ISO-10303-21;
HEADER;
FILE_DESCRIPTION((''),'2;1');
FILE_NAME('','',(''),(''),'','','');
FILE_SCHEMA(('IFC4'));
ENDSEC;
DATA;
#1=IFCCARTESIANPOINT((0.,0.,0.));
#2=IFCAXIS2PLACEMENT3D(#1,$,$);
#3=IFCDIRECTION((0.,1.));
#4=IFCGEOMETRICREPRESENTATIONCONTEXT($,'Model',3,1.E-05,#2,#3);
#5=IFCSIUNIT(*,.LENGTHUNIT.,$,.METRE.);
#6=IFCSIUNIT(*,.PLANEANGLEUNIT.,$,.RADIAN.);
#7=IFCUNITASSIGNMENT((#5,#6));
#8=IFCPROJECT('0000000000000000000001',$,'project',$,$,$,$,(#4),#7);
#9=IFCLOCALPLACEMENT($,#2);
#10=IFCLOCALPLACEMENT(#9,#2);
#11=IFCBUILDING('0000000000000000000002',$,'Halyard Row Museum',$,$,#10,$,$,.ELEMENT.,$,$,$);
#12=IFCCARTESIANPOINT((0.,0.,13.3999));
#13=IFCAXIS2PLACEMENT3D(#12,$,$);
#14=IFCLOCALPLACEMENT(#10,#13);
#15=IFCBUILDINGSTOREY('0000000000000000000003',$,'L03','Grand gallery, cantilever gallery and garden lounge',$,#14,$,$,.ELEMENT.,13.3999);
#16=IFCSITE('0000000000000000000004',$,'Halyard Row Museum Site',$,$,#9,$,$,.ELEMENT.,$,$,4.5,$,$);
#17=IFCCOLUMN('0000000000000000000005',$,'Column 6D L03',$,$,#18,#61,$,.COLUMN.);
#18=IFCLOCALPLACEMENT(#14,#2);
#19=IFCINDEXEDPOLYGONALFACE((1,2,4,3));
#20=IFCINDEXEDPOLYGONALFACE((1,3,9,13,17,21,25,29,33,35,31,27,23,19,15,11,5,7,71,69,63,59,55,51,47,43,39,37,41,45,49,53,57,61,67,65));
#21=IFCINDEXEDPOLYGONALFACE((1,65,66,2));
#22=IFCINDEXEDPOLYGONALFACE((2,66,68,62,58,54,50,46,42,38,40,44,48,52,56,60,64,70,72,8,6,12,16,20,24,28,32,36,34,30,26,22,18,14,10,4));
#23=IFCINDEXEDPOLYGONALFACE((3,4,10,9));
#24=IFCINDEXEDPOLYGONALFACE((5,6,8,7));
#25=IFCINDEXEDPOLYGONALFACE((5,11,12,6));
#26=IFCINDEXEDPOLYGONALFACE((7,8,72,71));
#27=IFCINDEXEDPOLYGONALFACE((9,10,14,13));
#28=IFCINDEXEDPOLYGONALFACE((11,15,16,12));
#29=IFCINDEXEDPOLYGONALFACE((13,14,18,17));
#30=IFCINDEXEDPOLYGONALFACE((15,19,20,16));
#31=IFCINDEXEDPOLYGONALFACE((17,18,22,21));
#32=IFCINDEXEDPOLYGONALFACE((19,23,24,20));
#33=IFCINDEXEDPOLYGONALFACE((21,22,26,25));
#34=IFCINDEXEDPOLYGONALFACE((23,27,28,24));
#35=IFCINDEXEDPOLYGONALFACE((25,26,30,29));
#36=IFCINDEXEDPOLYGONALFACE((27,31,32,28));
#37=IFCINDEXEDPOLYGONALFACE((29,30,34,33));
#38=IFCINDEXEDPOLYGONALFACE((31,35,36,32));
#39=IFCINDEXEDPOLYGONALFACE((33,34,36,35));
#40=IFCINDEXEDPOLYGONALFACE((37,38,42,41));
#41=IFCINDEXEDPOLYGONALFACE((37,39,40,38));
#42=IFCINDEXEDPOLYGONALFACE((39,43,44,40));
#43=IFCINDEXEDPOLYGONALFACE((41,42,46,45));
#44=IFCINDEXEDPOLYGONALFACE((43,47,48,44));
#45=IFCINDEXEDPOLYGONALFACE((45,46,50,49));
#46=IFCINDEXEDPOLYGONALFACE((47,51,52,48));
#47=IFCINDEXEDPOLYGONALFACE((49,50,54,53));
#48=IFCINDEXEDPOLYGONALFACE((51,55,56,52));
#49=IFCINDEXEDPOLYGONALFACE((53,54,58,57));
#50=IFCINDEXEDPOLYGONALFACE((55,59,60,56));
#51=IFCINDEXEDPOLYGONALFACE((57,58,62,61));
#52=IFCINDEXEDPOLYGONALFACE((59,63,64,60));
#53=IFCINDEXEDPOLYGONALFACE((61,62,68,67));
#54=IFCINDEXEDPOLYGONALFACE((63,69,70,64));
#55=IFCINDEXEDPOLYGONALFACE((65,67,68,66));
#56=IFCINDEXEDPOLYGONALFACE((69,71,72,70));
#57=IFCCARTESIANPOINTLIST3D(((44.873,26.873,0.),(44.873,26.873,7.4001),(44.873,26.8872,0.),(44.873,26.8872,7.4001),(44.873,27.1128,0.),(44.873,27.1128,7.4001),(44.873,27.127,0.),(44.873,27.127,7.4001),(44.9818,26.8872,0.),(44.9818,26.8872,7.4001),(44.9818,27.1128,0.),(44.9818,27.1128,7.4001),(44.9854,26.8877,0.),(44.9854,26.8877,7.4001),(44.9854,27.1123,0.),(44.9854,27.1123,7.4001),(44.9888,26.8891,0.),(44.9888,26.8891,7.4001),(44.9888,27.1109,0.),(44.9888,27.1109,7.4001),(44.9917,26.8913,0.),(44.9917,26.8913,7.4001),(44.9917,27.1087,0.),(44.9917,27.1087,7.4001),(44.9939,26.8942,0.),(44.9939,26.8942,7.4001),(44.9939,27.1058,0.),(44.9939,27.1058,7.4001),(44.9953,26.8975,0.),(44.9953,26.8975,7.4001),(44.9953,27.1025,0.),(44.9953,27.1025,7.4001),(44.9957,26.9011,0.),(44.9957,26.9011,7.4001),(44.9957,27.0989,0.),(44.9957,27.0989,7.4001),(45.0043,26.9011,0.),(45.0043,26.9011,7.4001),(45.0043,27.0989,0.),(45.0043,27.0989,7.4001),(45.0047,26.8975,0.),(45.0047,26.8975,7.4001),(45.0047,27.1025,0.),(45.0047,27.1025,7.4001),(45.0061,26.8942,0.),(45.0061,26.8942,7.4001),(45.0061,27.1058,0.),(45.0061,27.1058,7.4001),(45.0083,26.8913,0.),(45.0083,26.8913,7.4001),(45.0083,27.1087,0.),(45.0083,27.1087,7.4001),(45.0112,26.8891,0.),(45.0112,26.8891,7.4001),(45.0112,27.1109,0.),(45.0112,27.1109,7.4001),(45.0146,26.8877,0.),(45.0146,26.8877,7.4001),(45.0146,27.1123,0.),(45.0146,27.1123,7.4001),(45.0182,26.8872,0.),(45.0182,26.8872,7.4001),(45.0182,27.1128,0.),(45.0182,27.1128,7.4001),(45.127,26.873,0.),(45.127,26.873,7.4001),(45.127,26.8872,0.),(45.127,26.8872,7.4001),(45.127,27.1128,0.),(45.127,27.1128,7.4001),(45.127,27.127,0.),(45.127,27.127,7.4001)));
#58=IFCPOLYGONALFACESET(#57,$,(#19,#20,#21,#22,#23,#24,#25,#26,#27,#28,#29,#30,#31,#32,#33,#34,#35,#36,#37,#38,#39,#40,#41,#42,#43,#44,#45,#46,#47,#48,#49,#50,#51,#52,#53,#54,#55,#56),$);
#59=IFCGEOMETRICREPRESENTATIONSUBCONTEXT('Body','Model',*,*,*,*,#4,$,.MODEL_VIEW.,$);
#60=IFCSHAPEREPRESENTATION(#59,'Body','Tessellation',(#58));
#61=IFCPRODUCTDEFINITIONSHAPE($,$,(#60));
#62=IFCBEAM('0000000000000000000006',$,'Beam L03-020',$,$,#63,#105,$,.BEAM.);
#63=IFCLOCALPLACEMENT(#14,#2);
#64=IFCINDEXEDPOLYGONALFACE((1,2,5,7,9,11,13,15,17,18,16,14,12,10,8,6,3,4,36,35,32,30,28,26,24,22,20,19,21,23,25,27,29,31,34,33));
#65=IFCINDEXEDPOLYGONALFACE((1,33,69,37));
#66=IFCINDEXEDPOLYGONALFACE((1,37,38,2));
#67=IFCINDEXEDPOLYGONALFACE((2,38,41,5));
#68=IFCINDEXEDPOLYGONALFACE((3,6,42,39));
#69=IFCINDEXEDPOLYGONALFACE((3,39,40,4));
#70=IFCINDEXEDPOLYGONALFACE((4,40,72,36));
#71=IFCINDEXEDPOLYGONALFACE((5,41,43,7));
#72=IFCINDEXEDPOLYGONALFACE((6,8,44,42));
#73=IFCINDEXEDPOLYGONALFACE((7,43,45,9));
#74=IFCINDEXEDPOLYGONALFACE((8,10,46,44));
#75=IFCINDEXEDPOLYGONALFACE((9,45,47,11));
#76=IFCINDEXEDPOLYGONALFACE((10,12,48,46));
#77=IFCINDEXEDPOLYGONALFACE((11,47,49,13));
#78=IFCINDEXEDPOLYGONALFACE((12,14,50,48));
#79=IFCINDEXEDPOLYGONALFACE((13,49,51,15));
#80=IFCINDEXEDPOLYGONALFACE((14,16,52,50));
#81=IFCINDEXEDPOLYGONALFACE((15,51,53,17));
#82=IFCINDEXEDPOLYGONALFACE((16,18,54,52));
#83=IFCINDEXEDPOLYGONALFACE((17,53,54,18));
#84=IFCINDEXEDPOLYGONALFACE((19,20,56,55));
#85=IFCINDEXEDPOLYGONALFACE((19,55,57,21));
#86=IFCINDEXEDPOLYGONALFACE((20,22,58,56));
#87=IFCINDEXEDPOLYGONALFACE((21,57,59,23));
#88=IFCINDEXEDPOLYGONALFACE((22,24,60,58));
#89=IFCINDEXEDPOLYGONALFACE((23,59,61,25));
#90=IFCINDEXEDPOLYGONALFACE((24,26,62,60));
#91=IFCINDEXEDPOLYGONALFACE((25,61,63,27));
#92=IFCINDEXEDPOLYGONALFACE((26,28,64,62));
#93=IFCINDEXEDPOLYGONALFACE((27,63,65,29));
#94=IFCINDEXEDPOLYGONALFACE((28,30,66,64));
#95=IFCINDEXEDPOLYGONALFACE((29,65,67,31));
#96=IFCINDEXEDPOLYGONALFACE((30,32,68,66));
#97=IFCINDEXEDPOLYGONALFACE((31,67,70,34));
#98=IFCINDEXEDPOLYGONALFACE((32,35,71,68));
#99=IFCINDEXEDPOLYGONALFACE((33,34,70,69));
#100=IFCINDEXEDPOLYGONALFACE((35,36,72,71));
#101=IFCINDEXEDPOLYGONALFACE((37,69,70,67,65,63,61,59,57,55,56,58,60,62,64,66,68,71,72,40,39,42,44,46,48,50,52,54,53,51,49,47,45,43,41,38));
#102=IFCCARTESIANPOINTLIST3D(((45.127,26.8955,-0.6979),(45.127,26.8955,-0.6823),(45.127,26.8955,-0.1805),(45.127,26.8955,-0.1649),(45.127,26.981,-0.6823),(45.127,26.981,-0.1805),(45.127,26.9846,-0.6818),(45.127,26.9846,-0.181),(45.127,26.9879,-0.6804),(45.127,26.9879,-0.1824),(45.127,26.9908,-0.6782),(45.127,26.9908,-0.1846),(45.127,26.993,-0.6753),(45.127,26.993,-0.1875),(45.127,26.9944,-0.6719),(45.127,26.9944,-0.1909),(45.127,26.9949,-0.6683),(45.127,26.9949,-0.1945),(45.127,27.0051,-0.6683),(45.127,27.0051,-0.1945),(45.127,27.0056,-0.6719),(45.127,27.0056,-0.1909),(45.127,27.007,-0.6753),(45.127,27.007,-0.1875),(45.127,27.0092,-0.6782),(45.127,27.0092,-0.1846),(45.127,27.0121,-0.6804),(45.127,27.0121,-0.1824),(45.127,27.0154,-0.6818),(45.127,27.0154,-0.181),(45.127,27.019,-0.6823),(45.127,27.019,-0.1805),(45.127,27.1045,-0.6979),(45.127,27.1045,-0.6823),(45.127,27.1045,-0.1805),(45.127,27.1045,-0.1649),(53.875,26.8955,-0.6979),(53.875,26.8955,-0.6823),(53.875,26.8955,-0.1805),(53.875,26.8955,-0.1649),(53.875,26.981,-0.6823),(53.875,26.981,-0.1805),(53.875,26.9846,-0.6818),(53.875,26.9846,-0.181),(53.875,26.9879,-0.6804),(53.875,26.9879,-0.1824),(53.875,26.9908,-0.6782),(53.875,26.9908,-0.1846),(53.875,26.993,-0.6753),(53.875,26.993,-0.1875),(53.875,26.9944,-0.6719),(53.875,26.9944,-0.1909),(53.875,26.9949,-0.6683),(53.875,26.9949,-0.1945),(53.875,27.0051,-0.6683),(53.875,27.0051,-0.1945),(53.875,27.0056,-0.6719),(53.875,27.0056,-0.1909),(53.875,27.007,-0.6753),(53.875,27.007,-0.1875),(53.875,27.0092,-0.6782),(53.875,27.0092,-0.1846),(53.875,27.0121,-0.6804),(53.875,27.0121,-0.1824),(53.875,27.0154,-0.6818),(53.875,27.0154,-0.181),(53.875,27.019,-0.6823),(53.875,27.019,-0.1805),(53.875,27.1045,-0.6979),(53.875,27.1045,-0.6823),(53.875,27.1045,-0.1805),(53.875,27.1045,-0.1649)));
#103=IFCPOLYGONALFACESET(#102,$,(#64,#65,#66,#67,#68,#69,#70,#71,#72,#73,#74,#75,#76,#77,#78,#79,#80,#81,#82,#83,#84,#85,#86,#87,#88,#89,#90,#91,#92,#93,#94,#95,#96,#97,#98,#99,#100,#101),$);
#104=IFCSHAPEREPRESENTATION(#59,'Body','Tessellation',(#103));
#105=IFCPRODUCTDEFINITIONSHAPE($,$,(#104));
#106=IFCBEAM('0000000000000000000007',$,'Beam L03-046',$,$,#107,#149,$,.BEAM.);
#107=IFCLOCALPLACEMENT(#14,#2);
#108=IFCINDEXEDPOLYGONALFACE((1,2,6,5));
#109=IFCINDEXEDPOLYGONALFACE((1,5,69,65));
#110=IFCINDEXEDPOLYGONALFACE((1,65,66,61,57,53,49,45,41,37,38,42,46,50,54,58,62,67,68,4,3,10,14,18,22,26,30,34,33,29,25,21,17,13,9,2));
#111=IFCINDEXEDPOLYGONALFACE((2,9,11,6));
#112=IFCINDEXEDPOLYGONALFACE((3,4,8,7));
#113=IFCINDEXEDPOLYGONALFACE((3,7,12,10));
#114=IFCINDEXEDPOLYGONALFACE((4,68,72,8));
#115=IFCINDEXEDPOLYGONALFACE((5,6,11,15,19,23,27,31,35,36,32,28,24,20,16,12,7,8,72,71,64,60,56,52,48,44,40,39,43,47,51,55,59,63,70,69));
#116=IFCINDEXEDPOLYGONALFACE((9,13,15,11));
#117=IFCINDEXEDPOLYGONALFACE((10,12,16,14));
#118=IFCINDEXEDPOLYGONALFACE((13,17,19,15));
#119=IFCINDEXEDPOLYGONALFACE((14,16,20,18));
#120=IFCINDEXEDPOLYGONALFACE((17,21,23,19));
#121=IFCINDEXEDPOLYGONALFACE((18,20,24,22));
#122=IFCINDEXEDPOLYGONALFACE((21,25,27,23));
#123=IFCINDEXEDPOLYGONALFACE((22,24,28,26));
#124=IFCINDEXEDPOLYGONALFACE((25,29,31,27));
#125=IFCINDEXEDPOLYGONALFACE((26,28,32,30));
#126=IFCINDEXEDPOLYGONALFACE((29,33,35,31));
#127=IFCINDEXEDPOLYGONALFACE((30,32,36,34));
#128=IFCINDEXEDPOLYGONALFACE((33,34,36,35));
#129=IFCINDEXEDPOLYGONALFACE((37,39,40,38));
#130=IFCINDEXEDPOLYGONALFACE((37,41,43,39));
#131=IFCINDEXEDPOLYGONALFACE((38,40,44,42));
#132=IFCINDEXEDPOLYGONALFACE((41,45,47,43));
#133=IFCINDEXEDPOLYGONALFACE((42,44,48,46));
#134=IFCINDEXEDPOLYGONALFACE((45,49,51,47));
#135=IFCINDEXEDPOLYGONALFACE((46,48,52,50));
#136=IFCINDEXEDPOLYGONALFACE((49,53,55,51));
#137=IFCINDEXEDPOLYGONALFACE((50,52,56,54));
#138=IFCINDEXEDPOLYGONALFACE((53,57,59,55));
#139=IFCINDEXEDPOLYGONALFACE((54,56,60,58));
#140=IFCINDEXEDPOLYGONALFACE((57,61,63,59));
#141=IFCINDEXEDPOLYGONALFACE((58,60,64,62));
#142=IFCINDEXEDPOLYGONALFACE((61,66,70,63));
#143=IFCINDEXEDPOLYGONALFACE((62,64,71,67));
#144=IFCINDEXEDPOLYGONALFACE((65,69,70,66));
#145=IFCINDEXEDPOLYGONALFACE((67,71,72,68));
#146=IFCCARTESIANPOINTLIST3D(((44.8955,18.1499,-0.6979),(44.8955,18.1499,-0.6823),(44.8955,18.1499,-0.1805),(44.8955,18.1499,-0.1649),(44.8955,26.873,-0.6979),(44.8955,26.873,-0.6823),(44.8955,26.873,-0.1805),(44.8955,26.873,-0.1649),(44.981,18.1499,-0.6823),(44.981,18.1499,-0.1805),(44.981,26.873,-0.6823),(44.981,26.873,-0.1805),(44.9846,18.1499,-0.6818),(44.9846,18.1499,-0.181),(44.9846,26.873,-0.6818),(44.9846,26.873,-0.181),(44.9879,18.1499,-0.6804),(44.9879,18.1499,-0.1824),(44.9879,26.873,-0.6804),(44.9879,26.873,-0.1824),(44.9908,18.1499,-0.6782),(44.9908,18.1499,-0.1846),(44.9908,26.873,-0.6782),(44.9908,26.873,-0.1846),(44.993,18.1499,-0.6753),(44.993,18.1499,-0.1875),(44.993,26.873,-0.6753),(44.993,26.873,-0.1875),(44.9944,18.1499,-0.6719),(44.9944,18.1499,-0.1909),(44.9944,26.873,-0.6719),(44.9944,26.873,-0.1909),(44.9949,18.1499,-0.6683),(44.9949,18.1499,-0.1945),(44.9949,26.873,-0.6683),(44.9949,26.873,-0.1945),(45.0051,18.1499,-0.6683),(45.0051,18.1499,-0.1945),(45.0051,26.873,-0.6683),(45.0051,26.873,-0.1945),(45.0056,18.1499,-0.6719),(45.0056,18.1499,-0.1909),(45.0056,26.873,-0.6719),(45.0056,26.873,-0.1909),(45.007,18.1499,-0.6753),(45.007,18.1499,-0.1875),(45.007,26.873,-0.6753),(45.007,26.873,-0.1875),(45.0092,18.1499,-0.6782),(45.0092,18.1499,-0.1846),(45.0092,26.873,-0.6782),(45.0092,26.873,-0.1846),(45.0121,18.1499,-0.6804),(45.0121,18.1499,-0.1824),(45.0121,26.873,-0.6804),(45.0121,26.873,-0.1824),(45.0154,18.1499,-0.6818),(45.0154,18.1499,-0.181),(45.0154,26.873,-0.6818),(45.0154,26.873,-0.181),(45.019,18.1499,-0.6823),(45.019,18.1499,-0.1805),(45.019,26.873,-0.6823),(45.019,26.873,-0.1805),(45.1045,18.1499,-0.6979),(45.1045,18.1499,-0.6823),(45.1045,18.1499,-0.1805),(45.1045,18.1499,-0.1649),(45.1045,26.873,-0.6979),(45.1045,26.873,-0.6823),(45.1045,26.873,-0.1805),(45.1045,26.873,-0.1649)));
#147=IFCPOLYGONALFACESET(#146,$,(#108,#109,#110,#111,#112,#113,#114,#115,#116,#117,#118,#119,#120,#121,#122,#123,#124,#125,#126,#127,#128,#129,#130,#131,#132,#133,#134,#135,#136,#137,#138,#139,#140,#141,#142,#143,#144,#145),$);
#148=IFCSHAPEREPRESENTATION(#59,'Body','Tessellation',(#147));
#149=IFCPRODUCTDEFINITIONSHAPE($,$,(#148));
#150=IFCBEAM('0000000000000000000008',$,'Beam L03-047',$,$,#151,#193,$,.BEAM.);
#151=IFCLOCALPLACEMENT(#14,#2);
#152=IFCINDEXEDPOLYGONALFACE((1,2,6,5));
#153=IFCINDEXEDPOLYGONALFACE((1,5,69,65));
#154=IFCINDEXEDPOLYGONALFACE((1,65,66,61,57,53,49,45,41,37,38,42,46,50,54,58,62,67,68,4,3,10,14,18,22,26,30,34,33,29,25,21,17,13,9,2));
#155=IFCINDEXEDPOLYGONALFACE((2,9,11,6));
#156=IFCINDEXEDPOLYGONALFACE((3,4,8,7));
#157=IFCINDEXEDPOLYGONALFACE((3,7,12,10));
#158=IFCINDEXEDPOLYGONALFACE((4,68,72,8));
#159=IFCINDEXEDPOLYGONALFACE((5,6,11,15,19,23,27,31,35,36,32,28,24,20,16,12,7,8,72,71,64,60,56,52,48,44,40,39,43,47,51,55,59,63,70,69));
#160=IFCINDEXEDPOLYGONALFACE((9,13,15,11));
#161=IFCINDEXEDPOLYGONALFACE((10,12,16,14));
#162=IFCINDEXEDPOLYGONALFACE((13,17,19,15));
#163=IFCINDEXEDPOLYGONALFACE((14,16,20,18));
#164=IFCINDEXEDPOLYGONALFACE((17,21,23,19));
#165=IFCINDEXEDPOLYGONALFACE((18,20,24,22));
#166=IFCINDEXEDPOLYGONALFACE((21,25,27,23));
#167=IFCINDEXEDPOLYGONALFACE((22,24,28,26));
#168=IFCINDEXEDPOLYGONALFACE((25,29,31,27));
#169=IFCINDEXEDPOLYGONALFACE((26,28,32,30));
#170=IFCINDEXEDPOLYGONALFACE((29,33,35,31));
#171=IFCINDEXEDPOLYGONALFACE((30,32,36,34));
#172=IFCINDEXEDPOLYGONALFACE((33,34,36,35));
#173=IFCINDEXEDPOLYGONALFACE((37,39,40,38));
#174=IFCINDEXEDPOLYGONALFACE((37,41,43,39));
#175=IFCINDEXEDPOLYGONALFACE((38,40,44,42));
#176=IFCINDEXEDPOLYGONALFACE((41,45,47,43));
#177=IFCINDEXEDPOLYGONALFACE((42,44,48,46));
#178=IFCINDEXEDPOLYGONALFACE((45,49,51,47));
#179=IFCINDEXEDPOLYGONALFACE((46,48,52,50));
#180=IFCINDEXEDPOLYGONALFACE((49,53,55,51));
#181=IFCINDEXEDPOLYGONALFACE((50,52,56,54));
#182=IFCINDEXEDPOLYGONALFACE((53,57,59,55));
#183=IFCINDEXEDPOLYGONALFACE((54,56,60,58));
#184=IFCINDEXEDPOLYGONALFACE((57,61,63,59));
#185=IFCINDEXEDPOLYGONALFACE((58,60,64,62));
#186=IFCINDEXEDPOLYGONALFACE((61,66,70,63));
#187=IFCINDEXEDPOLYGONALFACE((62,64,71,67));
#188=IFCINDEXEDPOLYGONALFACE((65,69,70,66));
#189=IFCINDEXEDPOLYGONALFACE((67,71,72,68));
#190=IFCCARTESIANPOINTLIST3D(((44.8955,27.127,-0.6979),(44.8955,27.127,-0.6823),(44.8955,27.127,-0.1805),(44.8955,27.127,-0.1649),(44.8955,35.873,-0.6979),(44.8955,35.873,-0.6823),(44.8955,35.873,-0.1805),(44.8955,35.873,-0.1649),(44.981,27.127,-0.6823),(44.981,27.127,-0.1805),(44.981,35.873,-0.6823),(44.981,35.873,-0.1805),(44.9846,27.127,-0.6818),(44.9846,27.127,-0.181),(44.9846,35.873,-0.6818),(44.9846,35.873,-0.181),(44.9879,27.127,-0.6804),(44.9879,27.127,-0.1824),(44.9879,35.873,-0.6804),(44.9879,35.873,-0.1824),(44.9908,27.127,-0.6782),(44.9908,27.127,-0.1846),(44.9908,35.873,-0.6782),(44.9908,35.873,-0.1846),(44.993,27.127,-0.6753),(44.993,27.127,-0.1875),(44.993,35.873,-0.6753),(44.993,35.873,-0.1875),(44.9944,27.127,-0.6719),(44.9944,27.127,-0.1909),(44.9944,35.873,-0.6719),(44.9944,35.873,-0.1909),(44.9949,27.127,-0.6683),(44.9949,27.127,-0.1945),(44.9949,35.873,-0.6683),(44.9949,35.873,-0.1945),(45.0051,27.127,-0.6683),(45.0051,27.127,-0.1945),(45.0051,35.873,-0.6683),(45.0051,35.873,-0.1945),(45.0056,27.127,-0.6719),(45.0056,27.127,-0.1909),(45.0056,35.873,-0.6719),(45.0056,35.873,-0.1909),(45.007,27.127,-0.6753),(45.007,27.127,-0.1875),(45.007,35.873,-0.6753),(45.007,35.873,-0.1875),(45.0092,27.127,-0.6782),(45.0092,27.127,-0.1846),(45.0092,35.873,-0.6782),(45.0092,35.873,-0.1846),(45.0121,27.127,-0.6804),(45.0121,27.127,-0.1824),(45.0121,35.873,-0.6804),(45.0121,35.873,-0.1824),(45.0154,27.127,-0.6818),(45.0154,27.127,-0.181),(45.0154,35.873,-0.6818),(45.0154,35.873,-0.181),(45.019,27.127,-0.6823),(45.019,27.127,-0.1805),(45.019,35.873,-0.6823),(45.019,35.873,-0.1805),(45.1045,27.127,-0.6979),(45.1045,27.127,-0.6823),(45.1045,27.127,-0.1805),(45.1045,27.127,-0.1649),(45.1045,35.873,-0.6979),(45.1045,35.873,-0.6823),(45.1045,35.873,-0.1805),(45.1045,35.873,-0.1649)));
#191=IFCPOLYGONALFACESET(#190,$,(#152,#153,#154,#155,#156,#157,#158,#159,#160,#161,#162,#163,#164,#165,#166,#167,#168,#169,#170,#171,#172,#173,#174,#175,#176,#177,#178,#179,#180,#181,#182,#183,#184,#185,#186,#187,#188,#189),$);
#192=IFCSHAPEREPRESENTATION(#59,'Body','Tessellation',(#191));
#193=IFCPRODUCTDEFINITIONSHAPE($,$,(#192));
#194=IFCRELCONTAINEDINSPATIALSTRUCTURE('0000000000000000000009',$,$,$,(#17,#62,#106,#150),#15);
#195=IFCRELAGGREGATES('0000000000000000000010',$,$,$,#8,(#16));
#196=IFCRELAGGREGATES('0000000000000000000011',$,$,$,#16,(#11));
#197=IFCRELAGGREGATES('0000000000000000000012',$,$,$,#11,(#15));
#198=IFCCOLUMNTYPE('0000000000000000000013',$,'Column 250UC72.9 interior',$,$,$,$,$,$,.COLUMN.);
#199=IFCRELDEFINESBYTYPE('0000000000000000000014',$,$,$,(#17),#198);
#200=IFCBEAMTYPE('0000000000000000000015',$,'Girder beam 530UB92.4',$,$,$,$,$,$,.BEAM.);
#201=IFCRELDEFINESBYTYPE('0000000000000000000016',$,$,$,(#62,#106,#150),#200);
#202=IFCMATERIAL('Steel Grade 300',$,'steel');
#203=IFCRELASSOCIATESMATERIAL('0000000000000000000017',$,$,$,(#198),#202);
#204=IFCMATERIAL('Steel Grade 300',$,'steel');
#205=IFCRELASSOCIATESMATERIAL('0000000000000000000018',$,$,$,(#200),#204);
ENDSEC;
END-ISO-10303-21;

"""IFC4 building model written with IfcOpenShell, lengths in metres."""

from ifc_helpers import new_model, si_unit, direction, frame, origin, origin_2d, place, context, subcontext, project, spatial, i_section, extrude, material, material_profile, profile_set, type_object, element, save


model = new_model("IFC4")

# Units and contexts
model_context = context("Model", 3, precision=1e-05, world=origin(), true_north=direction((0.0, 1.0)))
body_context = subcontext(model_context, "Body", "Model", "MODEL_VIEW")
ifc_project = project(units=[si_unit("LENGTHUNIT", "METRE"), si_unit("PLANEANGLEUNIT", "RADIAN")], contexts=[model_context])

# Site, building, storey
site_placement = place(None, origin())
site = spatial("IfcSite", under=ifc_project, at=site_placement, Name="Halyard Row Museum Site", CompositionType="ELEMENT", RefElevation=4.5)
building_placement = place(site_placement, origin())
building = spatial("IfcBuilding", under=site, at=building_placement, Name="Halyard Row Museum", CompositionType="ELEMENT")
storey_placement = place(building_placement, frame((0.0, 0.0, 13.3999)))
storey = spatial("IfcBuildingStorey", under=building, at=storey_placement, Name="L03", Description="Grand gallery, cantilever gallery and garden lounge", CompositionType="ELEMENT", Elevation=13.3999)

# Column
ifc_material_1 = material(Name="Steel Grade 300", Category="steel")
ifc_material_profile_1 = material_profile(ifc_material_1, i_section(OverallWidth=0.2539, OverallDepth=0.2539, WebThickness=0.0085, FlangeThickness=0.0142, FilletRadius=0.0139, at=origin_2d()), Name="250UC72.9")
ifc_profile_set_1 = profile_set([ifc_material_profile_1], Name="Steel Grade 300")
column_type = type_object("IfcColumnType", Name="Column 250UC72.9 interior", PredefinedType="COLUMN", material=ifc_profile_set_1)
column_placement = place(storey_placement, frame((45.0, 27.0, 0.0), z_axis=(0.0, 0.0, 1.0), x_axis=(1.0, 0.0, 0.0)))
element("IfcColumn", 1, at=column_placement, inside=storey, type_object=column_type, Name="Column 6D L03", PredefinedType="COLUMN", context=body_context, shape_type="SweptSolid", body=[
    extrude(i_section(OverallWidth=0.2539, OverallDepth=0.2539, WebThickness=0.0085, FlangeThickness=0.0142, FilletRadius=0.0139, at=origin_2d()), origin(), (0.0, 0.0, 1.0), 7.4001),
])

# Beams
ifc_material_2 = material(Name="Steel Grade 300", Category="steel")
ifc_material_profile_2 = material_profile(ifc_material_2, i_section(OverallWidth=0.209, OverallDepth=0.533, WebThickness=0.0103, FlangeThickness=0.0156, FilletRadius=0.0139, at=origin_2d()), Name="530UB92.4")
ifc_profile_set_2 = profile_set([ifc_material_profile_2], Name="Steel Grade 300")
beam_type_1 = type_object("IfcBeamType", Name="Girder beam 530UB92.4", PredefinedType="BEAM", material=ifc_profile_set_2)
beam_1_placement = place(storey_placement, frame((45.127, 27.0, -0.4314), z_axis=(1.0, 0.0, 0.0), x_axis=(0.0, 1.0, 0.0)))
element("IfcBeam", 2, at=beam_1_placement, inside=storey, type_object=beam_type_1, Name="Beam L03-020", PredefinedType="BEAM", context=body_context, shape_type="SweptSolid", body=[
    extrude(i_section(OverallWidth=0.209, OverallDepth=0.533, WebThickness=0.0103, FlangeThickness=0.0156, FilletRadius=0.0139, at=origin_2d()), origin(), (0.0, 0.0, 1.0), 8.748),
])
beam_2_placement = place(storey_placement, frame((45.0, 18.1499, -0.4314), z_axis=(0.0, 1.0, 0.0), x_axis=(-1.0, 0.0, 0.0)))
element("IfcBeam", 3, at=beam_2_placement, inside=storey, type_object=beam_type_1, Name="Beam L03-046", PredefinedType="BEAM", context=body_context, shape_type="SweptSolid", body=[
    extrude(i_section(OverallWidth=0.209, OverallDepth=0.533, WebThickness=0.0103, FlangeThickness=0.0156, FilletRadius=0.0139, at=origin_2d()), origin(), (0.0, 0.0, 1.0), 8.7231),
])
beam_3_placement = place(storey_placement, frame((45.0, 27.127, -0.4314), z_axis=(0.0, 1.0, 0.0), x_axis=(-1.0, 0.0, 0.0)))
element("IfcBeam", 4, at=beam_3_placement, inside=storey, type_object=beam_type_1, Name="Beam L03-047", PredefinedType="BEAM", context=body_context, shape_type="SweptSolid", body=[
    extrude(i_section(OverallWidth=0.209, OverallDepth=0.533, WebThickness=0.0103, FlangeThickness=0.0156, FilletRadius=0.0139, at=origin_2d()), origin(), (0.0, 0.0, 1.0), 8.7461),
])

save(model, "model.ifc")
